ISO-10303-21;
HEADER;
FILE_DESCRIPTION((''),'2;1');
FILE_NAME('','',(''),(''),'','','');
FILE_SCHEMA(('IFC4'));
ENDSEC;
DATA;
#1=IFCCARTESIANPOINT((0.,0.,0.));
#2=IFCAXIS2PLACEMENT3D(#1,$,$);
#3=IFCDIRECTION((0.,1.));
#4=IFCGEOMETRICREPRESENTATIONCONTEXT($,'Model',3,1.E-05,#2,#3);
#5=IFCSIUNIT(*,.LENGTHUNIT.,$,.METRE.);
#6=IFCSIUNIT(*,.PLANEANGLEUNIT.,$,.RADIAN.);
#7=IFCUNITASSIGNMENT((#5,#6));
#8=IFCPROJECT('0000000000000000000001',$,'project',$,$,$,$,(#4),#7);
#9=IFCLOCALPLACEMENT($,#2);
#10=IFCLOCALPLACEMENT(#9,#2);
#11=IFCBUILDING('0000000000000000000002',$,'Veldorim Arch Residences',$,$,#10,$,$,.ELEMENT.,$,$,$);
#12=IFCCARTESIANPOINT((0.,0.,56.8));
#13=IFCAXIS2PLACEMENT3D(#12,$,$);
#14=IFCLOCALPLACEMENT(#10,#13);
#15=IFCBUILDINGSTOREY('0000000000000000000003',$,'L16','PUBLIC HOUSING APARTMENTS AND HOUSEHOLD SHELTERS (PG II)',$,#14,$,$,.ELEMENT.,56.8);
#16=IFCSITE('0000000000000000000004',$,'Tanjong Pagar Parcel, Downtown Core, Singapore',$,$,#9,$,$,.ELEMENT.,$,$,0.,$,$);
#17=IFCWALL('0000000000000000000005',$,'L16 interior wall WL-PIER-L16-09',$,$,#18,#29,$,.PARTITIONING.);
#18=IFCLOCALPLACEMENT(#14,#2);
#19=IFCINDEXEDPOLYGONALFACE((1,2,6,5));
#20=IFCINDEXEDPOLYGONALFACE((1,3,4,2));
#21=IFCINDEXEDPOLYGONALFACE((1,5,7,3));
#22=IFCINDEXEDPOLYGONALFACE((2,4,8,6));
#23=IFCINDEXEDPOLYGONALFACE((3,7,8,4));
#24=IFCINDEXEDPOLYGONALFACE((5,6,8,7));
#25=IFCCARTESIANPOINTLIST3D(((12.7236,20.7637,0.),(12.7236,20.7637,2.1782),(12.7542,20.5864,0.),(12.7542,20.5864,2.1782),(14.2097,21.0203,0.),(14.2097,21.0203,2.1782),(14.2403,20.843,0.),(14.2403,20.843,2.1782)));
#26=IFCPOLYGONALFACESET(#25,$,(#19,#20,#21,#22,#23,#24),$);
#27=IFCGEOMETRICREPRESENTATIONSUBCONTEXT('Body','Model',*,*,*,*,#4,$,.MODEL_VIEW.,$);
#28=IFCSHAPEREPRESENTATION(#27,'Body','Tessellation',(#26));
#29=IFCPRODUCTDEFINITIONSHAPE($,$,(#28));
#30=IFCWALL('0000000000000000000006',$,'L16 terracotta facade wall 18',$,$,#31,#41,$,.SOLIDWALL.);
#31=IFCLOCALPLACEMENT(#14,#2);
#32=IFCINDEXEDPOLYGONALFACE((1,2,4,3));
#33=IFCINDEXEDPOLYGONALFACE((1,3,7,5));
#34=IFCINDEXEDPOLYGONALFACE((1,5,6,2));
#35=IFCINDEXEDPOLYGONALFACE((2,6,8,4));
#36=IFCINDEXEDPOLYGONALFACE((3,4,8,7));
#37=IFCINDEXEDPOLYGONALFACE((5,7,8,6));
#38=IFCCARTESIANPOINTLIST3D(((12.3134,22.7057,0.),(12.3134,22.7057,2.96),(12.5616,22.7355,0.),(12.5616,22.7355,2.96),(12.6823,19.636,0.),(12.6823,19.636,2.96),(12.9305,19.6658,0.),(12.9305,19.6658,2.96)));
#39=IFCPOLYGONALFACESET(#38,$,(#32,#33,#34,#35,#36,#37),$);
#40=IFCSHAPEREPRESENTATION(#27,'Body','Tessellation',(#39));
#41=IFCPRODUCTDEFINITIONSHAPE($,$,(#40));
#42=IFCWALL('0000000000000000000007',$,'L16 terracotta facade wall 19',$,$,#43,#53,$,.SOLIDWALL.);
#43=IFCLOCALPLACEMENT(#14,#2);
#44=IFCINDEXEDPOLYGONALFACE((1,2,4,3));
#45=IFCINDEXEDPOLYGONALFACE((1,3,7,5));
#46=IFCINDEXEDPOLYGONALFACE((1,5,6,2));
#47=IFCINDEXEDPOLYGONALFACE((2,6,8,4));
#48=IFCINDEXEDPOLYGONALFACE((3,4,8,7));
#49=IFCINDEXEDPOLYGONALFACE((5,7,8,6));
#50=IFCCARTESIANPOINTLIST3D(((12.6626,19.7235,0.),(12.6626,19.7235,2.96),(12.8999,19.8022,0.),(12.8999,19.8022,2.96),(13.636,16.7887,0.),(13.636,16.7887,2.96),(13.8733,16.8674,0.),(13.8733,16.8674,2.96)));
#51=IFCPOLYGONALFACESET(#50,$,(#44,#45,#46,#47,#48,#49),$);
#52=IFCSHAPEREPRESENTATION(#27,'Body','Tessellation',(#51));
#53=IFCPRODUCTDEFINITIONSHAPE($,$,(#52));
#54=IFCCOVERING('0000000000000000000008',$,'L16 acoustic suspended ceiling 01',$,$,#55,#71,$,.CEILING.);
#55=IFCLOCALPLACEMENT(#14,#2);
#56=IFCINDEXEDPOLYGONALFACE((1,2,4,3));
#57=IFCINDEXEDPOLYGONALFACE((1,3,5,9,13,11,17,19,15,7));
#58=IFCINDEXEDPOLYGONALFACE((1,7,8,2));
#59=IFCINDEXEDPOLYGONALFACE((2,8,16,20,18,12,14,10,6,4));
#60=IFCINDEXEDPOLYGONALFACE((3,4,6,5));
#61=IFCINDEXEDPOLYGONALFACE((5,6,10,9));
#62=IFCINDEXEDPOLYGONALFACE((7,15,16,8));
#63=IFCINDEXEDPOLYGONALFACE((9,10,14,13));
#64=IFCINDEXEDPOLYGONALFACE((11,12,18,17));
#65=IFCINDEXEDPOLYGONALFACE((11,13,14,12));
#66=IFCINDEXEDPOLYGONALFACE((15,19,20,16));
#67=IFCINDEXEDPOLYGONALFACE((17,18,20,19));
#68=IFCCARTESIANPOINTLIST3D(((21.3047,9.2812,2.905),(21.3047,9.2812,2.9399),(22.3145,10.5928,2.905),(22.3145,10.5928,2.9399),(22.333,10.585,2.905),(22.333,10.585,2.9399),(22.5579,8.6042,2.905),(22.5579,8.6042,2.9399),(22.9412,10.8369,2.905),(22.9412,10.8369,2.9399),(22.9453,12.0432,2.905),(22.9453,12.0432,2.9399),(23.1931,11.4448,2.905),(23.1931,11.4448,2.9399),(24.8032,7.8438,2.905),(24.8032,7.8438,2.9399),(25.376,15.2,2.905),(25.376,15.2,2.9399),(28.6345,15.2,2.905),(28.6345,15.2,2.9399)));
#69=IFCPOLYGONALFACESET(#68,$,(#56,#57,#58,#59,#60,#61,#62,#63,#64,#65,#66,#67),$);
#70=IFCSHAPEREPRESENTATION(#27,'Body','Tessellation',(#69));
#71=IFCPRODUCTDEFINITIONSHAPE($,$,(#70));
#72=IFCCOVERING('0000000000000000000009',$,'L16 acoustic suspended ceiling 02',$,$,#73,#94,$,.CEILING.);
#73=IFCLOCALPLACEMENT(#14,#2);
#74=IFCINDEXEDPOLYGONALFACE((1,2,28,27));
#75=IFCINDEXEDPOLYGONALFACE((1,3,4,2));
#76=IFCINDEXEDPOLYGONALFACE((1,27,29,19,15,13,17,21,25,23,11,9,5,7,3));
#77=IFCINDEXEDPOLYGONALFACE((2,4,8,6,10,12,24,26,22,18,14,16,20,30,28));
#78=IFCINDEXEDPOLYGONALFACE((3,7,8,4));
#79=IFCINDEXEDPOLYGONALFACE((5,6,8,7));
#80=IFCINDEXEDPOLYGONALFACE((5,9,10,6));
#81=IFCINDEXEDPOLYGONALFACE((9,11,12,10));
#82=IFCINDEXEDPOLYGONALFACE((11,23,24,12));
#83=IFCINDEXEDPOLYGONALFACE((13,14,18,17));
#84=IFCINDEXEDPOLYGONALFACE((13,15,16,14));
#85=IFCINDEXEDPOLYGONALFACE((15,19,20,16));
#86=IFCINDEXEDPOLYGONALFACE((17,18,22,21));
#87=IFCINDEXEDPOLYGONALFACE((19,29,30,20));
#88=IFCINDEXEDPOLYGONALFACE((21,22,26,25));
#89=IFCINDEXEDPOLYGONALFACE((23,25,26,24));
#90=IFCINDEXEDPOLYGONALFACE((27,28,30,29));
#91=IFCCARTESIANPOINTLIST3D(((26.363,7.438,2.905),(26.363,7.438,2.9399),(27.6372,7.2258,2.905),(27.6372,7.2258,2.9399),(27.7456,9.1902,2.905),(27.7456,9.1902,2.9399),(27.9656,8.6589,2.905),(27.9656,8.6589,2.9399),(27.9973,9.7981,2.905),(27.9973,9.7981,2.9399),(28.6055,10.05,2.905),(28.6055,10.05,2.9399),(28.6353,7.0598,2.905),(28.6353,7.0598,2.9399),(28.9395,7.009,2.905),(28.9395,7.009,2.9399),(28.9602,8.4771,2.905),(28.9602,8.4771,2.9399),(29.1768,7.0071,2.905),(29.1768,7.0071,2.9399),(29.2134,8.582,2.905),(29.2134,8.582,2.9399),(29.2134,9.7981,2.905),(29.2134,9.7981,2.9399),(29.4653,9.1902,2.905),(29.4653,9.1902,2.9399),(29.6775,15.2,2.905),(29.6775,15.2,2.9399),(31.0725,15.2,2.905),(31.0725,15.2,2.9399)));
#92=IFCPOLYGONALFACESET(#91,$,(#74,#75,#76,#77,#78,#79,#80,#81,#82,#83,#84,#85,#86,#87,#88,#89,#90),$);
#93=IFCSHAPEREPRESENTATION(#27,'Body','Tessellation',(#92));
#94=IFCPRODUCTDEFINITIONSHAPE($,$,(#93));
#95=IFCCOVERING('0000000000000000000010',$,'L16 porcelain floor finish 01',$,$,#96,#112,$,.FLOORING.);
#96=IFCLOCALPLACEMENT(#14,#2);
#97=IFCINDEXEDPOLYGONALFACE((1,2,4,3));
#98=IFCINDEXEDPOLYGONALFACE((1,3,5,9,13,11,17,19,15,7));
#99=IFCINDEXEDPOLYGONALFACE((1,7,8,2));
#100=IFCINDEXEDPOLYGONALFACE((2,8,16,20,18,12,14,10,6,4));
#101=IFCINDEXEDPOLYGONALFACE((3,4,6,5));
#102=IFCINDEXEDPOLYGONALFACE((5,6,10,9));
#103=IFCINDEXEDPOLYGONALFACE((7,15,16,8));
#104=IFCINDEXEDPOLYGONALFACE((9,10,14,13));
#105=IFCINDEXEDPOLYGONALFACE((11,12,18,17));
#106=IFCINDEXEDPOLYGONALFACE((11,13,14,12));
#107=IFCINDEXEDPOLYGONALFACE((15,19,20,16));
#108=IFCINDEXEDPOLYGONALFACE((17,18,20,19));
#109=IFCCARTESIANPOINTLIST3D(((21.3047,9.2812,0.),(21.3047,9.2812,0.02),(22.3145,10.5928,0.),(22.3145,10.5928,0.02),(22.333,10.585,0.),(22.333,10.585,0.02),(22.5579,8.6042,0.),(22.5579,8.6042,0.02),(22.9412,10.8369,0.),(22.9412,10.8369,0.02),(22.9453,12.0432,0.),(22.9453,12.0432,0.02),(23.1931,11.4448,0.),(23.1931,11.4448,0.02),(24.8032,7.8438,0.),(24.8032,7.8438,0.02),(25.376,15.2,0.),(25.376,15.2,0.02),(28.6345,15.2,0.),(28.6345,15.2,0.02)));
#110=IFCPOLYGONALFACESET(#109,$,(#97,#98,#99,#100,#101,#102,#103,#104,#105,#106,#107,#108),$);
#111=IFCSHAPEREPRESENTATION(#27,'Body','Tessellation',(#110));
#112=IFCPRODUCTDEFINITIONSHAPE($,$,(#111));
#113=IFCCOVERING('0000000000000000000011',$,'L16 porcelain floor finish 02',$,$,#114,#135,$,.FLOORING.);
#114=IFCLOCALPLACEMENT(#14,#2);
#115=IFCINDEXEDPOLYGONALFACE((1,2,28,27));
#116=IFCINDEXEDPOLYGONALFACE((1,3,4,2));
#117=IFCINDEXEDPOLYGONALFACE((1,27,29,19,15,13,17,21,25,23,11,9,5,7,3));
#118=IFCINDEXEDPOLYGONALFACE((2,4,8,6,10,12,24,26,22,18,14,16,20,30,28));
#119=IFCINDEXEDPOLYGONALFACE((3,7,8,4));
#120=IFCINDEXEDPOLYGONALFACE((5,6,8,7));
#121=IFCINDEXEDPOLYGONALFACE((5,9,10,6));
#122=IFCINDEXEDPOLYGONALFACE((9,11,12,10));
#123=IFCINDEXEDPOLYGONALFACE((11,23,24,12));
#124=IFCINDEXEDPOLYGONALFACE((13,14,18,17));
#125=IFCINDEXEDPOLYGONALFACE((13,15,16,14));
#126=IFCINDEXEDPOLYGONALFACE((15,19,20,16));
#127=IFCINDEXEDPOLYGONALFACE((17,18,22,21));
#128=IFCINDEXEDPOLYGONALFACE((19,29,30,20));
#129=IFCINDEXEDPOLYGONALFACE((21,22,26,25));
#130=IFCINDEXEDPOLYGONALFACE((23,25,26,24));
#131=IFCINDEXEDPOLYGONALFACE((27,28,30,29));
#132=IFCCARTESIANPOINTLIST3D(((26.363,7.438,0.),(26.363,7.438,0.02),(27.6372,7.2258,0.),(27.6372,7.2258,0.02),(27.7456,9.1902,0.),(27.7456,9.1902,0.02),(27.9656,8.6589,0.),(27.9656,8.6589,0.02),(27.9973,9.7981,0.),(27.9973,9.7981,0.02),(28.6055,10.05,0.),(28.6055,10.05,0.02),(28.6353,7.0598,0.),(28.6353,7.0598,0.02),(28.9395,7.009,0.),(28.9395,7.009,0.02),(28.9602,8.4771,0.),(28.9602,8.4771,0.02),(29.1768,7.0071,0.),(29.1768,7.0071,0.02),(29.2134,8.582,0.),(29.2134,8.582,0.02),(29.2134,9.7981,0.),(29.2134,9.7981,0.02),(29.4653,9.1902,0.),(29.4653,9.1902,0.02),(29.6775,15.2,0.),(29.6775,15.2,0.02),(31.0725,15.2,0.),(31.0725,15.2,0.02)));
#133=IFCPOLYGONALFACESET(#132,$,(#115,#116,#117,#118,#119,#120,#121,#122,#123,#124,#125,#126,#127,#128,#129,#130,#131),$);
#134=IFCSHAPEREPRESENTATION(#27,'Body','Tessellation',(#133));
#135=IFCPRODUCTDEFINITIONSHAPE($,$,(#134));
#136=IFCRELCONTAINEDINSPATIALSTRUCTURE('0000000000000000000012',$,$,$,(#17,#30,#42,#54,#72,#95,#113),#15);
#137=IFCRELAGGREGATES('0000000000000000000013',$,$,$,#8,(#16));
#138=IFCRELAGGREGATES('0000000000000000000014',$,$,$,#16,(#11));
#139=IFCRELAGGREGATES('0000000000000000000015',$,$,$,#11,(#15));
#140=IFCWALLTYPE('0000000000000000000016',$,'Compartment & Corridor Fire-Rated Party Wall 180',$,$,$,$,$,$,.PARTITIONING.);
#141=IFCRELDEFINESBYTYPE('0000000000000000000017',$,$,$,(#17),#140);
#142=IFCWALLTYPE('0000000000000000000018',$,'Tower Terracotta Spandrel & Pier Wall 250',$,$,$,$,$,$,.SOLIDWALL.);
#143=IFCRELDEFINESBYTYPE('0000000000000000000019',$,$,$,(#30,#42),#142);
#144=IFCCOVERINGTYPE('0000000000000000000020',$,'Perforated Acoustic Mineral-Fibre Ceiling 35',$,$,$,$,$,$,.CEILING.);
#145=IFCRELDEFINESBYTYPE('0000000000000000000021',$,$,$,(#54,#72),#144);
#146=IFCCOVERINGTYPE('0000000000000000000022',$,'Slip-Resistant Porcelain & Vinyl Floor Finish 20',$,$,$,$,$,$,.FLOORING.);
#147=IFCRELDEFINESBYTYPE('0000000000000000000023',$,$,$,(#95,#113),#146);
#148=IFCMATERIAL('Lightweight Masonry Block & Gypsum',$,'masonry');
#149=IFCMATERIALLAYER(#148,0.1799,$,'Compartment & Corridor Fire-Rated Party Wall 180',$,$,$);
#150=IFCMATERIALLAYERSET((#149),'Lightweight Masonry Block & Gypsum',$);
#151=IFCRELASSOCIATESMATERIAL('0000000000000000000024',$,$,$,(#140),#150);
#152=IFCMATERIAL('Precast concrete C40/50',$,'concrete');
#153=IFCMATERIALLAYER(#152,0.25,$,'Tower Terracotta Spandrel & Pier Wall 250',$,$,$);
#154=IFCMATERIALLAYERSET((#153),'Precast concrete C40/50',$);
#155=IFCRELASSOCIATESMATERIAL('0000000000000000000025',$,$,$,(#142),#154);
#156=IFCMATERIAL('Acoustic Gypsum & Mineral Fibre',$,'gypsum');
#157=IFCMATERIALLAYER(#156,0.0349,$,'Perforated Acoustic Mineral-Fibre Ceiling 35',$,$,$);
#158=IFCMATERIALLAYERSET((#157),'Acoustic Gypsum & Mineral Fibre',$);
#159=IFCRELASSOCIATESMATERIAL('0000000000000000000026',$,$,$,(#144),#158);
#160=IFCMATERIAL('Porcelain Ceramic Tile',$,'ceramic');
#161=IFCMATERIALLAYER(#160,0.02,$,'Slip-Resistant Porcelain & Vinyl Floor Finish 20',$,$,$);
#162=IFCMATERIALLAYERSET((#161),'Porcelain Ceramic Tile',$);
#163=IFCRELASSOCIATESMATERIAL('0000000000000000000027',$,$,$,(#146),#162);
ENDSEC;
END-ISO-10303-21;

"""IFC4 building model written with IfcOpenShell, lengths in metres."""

from ifc_helpers import new_model, si_unit, direction, frame, frame_2d, origin, place, context, subcontext, project, spatial, polyline, rectangle, outline, extrude, material, layer, layer_set, type_object, element, save


model = new_model("IFC4")

# Units and contexts
model_context = context("Model", 3, precision=1e-05, world=origin(), true_north=direction((0.0, 1.0)))
body_context = subcontext(model_context, "Body", "Model", "MODEL_VIEW")
ifc_project = project(units=[si_unit("LENGTHUNIT", "METRE"), si_unit("PLANEANGLEUNIT", "RADIAN")], contexts=[model_context])

# Site, building, storey
site_placement = place(None, origin())
site = spatial("IfcSite", under=ifc_project, at=site_placement, Name="Tanjong Pagar Parcel, Downtown Core, Singapore", CompositionType="ELEMENT", RefElevation=0.0)
building_placement = place(site_placement, origin())
building = spatial("IfcBuilding", under=site, at=building_placement, Name="Veldorim Arch Residences", CompositionType="ELEMENT")
storey_placement = place(building_placement, frame((0.0, 0.0, 56.8)))
storey = spatial("IfcBuildingStorey", under=building, at=storey_placement, Name="L16", Description="PUBLIC HOUSING APARTMENTS AND HOUSEHOLD SHELTERS (PG II)", CompositionType="ELEMENT", Elevation=56.8)

# Walls
ifc_material_1 = material(Name="Lightweight Masonry Block & Gypsum", Category="masonry")
ifc_layer_1 = layer(ifc_material_1, 0.1799, Name="Compartment & Corridor Fire-Rated Party Wall 180")
ifc_layer_set_1 = layer_set([ifc_layer_1], Name="Lightweight Masonry Block & Gypsum")
wall_type_1 = type_object("IfcWallType", Name="Compartment & Corridor Fire-Rated Party Wall 180", PredefinedType="PARTITIONING", material=ifc_layer_set_1)
wall_1_placement = place(storey_placement, frame((14.2249, 20.9316, 0.0), z_axis=(0.0, 0.0, 1.0), x_axis=(-0.985419, -0.170145, 0.0)))
element("IfcWall", 1, at=wall_1_placement, inside=storey, type_object=wall_type_1, Name="L16 interior wall WL-PIER-L16-09", PredefinedType="PARTITIONING", context=body_context, shape_type="SweptSolid", body=[
    extrude(rectangle(XDim=1.5081, YDim=0.1799, at=frame_2d((0.7539, 0.0))), origin(), (0.0, 0.0, 1.0), 2.1782),
])
ifc_material_2 = material(Name="Precast concrete C40/50", Category="concrete")
ifc_layer_2 = layer(ifc_material_2, 0.25, Name="Tower Terracotta Spandrel & Pier Wall 250")
ifc_layer_set_2 = layer_set([ifc_layer_2], Name="Precast concrete C40/50")
wall_type_2 = type_object("IfcWallType", Name="Tower Terracotta Spandrel & Pier Wall 250", PredefinedType="SOLIDWALL", material=ifc_layer_set_2)
wall_2_placement = place(storey_placement, frame((12.8064, 19.6509, 0.0), z_axis=(0.0, 0.0, 1.0), x_axis=(-0.11931, 0.992857, 0.0)))
element("IfcWall", 2, at=wall_2_placement, inside=storey, type_object=wall_type_2, Name="L16 terracotta facade wall 18", PredefinedType="SOLIDWALL", context=body_context, shape_type="SweptSolid", body=[
    extrude(rectangle(XDim=3.0918, YDim=0.25, at=frame_2d((1.5459, 0.0))), origin(), (0.0, 0.0, 1.0), 2.96),
])
wall_3_placement = place(storey_placement, frame((13.7546, 16.8281, 0.0), z_axis=(0.0, 0.0, 1.0), x_axis=(-0.314806, 0.949156, 0.0)))
element("IfcWall", 3, at=wall_3_placement, inside=storey, type_object=wall_type_2, Name="L16 terracotta facade wall 19", PredefinedType="SOLIDWALL", context=body_context, shape_type="SweptSolid", body=[
    extrude(rectangle(XDim=3.092, YDim=0.25, at=frame_2d((1.5459, 0.0))), origin(), (0.0, 0.0, 1.0), 2.96),
])

# Coverings
ifc_material_3 = material(Name="Acoustic Gypsum & Mineral Fibre", Category="gypsum")
ifc_layer_3 = layer(ifc_material_3, 0.0349, Name="Perforated Acoustic Mineral-Fibre Ceiling 35")
ifc_layer_set_3 = layer_set([ifc_layer_3], Name="Acoustic Gypsum & Mineral Fibre")
covering_type_1 = type_object("IfcCoveringType", Name="Perforated Acoustic Mineral-Fibre Ceiling 35", PredefinedType="CEILING", material=ifc_layer_set_3)
covering_1_placement = place(storey_placement, frame((0.0, 0.0, 2.905)))
element("IfcCovering", 4, at=covering_1_placement, inside=storey, type_object=covering_type_1, Name="L16 acoustic suspended ceiling 01", PredefinedType="CEILING", context=body_context, shape_type="SweptSolid", body=[
    extrude(outline(polyline([(22.3145, 10.5928), (22.333, 10.585), (22.9412, 10.8369), (23.1931, 11.4448), (22.9453, 12.0432), (25.376, 15.2), (28.6345, 15.2), (24.8032, 7.8438), (22.5579, 8.6042), (21.3047, 9.2812), (22.3145, 10.5928)])), origin(), (0.0, 0.0, 1.0), 0.0349),
])
covering_2_placement = place(storey_placement, frame((0.0, 0.0, 2.905)))
element("IfcCovering", 5, at=covering_2_placement, inside=storey, type_object=covering_type_1, Name="L16 acoustic suspended ceiling 02", PredefinedType="CEILING", context=body_context, shape_type="SweptSolid", body=[
    extrude(outline(polyline([(27.6372, 7.2258), (26.363, 7.438), (29.6775, 15.2), (31.0725, 15.2), (29.1768, 7.0071), (28.9395, 7.009), (28.6353, 7.0598), (28.9602, 8.4771), (29.2134, 8.582), (29.4653, 9.1902), (29.2134, 9.7981), (28.6055, 10.05), (27.9973, 9.7981), (27.7456, 9.1902), (27.9656, 8.6589), (27.6372, 7.2258)])), origin(), (0.0, 0.0, 1.0), 0.0349),
])
ifc_material_4 = material(Name="Porcelain Ceramic Tile", Category="ceramic")
ifc_layer_4 = layer(ifc_material_4, 0.02, Name="Slip-Resistant Porcelain & Vinyl Floor Finish 20")
ifc_layer_set_4 = layer_set([ifc_layer_4], Name="Porcelain Ceramic Tile")
covering_type_2 = type_object("IfcCoveringType", Name="Slip-Resistant Porcelain & Vinyl Floor Finish 20", PredefinedType="FLOORING", material=ifc_layer_set_4)
covering_3_placement = place(storey_placement, origin())
element("IfcCovering", 6, at=covering_3_placement, inside=storey, type_object=covering_type_2, Name="L16 porcelain floor finish 01", PredefinedType="FLOORING", context=body_context, shape_type="SweptSolid", body=[
    extrude(outline(polyline([(22.3145, 10.5928), (22.333, 10.585), (22.9412, 10.8369), (23.1931, 11.4448), (22.9453, 12.0432), (25.376, 15.2), (28.6345, 15.2), (24.8032, 7.8438), (22.5579, 8.6042), (21.3047, 9.2812), (22.3145, 10.5928)])), origin(), (0.0, 0.0, 1.0), 0.02),
])
covering_4_placement = place(storey_placement, origin())
element("IfcCovering", 7, at=covering_4_placement, inside=storey, type_object=covering_type_2, Name="L16 porcelain floor finish 02", PredefinedType="FLOORING", context=body_context, shape_type="SweptSolid", body=[
    extrude(outline(polyline([(27.6372, 7.2258), (26.363, 7.438), (29.6775, 15.2), (31.0725, 15.2), (29.1768, 7.0071), (28.9395, 7.009), (28.6353, 7.0598), (28.9602, 8.4771), (29.2134, 8.582), (29.4653, 9.1902), (29.2134, 9.7981), (28.6055, 10.05), (27.9973, 9.7981), (27.7456, 9.1902), (27.9656, 8.6589), (27.6372, 7.2258)])), origin(), (0.0, 0.0, 1.0), 0.02),
])

save(model, "model.ifc")
